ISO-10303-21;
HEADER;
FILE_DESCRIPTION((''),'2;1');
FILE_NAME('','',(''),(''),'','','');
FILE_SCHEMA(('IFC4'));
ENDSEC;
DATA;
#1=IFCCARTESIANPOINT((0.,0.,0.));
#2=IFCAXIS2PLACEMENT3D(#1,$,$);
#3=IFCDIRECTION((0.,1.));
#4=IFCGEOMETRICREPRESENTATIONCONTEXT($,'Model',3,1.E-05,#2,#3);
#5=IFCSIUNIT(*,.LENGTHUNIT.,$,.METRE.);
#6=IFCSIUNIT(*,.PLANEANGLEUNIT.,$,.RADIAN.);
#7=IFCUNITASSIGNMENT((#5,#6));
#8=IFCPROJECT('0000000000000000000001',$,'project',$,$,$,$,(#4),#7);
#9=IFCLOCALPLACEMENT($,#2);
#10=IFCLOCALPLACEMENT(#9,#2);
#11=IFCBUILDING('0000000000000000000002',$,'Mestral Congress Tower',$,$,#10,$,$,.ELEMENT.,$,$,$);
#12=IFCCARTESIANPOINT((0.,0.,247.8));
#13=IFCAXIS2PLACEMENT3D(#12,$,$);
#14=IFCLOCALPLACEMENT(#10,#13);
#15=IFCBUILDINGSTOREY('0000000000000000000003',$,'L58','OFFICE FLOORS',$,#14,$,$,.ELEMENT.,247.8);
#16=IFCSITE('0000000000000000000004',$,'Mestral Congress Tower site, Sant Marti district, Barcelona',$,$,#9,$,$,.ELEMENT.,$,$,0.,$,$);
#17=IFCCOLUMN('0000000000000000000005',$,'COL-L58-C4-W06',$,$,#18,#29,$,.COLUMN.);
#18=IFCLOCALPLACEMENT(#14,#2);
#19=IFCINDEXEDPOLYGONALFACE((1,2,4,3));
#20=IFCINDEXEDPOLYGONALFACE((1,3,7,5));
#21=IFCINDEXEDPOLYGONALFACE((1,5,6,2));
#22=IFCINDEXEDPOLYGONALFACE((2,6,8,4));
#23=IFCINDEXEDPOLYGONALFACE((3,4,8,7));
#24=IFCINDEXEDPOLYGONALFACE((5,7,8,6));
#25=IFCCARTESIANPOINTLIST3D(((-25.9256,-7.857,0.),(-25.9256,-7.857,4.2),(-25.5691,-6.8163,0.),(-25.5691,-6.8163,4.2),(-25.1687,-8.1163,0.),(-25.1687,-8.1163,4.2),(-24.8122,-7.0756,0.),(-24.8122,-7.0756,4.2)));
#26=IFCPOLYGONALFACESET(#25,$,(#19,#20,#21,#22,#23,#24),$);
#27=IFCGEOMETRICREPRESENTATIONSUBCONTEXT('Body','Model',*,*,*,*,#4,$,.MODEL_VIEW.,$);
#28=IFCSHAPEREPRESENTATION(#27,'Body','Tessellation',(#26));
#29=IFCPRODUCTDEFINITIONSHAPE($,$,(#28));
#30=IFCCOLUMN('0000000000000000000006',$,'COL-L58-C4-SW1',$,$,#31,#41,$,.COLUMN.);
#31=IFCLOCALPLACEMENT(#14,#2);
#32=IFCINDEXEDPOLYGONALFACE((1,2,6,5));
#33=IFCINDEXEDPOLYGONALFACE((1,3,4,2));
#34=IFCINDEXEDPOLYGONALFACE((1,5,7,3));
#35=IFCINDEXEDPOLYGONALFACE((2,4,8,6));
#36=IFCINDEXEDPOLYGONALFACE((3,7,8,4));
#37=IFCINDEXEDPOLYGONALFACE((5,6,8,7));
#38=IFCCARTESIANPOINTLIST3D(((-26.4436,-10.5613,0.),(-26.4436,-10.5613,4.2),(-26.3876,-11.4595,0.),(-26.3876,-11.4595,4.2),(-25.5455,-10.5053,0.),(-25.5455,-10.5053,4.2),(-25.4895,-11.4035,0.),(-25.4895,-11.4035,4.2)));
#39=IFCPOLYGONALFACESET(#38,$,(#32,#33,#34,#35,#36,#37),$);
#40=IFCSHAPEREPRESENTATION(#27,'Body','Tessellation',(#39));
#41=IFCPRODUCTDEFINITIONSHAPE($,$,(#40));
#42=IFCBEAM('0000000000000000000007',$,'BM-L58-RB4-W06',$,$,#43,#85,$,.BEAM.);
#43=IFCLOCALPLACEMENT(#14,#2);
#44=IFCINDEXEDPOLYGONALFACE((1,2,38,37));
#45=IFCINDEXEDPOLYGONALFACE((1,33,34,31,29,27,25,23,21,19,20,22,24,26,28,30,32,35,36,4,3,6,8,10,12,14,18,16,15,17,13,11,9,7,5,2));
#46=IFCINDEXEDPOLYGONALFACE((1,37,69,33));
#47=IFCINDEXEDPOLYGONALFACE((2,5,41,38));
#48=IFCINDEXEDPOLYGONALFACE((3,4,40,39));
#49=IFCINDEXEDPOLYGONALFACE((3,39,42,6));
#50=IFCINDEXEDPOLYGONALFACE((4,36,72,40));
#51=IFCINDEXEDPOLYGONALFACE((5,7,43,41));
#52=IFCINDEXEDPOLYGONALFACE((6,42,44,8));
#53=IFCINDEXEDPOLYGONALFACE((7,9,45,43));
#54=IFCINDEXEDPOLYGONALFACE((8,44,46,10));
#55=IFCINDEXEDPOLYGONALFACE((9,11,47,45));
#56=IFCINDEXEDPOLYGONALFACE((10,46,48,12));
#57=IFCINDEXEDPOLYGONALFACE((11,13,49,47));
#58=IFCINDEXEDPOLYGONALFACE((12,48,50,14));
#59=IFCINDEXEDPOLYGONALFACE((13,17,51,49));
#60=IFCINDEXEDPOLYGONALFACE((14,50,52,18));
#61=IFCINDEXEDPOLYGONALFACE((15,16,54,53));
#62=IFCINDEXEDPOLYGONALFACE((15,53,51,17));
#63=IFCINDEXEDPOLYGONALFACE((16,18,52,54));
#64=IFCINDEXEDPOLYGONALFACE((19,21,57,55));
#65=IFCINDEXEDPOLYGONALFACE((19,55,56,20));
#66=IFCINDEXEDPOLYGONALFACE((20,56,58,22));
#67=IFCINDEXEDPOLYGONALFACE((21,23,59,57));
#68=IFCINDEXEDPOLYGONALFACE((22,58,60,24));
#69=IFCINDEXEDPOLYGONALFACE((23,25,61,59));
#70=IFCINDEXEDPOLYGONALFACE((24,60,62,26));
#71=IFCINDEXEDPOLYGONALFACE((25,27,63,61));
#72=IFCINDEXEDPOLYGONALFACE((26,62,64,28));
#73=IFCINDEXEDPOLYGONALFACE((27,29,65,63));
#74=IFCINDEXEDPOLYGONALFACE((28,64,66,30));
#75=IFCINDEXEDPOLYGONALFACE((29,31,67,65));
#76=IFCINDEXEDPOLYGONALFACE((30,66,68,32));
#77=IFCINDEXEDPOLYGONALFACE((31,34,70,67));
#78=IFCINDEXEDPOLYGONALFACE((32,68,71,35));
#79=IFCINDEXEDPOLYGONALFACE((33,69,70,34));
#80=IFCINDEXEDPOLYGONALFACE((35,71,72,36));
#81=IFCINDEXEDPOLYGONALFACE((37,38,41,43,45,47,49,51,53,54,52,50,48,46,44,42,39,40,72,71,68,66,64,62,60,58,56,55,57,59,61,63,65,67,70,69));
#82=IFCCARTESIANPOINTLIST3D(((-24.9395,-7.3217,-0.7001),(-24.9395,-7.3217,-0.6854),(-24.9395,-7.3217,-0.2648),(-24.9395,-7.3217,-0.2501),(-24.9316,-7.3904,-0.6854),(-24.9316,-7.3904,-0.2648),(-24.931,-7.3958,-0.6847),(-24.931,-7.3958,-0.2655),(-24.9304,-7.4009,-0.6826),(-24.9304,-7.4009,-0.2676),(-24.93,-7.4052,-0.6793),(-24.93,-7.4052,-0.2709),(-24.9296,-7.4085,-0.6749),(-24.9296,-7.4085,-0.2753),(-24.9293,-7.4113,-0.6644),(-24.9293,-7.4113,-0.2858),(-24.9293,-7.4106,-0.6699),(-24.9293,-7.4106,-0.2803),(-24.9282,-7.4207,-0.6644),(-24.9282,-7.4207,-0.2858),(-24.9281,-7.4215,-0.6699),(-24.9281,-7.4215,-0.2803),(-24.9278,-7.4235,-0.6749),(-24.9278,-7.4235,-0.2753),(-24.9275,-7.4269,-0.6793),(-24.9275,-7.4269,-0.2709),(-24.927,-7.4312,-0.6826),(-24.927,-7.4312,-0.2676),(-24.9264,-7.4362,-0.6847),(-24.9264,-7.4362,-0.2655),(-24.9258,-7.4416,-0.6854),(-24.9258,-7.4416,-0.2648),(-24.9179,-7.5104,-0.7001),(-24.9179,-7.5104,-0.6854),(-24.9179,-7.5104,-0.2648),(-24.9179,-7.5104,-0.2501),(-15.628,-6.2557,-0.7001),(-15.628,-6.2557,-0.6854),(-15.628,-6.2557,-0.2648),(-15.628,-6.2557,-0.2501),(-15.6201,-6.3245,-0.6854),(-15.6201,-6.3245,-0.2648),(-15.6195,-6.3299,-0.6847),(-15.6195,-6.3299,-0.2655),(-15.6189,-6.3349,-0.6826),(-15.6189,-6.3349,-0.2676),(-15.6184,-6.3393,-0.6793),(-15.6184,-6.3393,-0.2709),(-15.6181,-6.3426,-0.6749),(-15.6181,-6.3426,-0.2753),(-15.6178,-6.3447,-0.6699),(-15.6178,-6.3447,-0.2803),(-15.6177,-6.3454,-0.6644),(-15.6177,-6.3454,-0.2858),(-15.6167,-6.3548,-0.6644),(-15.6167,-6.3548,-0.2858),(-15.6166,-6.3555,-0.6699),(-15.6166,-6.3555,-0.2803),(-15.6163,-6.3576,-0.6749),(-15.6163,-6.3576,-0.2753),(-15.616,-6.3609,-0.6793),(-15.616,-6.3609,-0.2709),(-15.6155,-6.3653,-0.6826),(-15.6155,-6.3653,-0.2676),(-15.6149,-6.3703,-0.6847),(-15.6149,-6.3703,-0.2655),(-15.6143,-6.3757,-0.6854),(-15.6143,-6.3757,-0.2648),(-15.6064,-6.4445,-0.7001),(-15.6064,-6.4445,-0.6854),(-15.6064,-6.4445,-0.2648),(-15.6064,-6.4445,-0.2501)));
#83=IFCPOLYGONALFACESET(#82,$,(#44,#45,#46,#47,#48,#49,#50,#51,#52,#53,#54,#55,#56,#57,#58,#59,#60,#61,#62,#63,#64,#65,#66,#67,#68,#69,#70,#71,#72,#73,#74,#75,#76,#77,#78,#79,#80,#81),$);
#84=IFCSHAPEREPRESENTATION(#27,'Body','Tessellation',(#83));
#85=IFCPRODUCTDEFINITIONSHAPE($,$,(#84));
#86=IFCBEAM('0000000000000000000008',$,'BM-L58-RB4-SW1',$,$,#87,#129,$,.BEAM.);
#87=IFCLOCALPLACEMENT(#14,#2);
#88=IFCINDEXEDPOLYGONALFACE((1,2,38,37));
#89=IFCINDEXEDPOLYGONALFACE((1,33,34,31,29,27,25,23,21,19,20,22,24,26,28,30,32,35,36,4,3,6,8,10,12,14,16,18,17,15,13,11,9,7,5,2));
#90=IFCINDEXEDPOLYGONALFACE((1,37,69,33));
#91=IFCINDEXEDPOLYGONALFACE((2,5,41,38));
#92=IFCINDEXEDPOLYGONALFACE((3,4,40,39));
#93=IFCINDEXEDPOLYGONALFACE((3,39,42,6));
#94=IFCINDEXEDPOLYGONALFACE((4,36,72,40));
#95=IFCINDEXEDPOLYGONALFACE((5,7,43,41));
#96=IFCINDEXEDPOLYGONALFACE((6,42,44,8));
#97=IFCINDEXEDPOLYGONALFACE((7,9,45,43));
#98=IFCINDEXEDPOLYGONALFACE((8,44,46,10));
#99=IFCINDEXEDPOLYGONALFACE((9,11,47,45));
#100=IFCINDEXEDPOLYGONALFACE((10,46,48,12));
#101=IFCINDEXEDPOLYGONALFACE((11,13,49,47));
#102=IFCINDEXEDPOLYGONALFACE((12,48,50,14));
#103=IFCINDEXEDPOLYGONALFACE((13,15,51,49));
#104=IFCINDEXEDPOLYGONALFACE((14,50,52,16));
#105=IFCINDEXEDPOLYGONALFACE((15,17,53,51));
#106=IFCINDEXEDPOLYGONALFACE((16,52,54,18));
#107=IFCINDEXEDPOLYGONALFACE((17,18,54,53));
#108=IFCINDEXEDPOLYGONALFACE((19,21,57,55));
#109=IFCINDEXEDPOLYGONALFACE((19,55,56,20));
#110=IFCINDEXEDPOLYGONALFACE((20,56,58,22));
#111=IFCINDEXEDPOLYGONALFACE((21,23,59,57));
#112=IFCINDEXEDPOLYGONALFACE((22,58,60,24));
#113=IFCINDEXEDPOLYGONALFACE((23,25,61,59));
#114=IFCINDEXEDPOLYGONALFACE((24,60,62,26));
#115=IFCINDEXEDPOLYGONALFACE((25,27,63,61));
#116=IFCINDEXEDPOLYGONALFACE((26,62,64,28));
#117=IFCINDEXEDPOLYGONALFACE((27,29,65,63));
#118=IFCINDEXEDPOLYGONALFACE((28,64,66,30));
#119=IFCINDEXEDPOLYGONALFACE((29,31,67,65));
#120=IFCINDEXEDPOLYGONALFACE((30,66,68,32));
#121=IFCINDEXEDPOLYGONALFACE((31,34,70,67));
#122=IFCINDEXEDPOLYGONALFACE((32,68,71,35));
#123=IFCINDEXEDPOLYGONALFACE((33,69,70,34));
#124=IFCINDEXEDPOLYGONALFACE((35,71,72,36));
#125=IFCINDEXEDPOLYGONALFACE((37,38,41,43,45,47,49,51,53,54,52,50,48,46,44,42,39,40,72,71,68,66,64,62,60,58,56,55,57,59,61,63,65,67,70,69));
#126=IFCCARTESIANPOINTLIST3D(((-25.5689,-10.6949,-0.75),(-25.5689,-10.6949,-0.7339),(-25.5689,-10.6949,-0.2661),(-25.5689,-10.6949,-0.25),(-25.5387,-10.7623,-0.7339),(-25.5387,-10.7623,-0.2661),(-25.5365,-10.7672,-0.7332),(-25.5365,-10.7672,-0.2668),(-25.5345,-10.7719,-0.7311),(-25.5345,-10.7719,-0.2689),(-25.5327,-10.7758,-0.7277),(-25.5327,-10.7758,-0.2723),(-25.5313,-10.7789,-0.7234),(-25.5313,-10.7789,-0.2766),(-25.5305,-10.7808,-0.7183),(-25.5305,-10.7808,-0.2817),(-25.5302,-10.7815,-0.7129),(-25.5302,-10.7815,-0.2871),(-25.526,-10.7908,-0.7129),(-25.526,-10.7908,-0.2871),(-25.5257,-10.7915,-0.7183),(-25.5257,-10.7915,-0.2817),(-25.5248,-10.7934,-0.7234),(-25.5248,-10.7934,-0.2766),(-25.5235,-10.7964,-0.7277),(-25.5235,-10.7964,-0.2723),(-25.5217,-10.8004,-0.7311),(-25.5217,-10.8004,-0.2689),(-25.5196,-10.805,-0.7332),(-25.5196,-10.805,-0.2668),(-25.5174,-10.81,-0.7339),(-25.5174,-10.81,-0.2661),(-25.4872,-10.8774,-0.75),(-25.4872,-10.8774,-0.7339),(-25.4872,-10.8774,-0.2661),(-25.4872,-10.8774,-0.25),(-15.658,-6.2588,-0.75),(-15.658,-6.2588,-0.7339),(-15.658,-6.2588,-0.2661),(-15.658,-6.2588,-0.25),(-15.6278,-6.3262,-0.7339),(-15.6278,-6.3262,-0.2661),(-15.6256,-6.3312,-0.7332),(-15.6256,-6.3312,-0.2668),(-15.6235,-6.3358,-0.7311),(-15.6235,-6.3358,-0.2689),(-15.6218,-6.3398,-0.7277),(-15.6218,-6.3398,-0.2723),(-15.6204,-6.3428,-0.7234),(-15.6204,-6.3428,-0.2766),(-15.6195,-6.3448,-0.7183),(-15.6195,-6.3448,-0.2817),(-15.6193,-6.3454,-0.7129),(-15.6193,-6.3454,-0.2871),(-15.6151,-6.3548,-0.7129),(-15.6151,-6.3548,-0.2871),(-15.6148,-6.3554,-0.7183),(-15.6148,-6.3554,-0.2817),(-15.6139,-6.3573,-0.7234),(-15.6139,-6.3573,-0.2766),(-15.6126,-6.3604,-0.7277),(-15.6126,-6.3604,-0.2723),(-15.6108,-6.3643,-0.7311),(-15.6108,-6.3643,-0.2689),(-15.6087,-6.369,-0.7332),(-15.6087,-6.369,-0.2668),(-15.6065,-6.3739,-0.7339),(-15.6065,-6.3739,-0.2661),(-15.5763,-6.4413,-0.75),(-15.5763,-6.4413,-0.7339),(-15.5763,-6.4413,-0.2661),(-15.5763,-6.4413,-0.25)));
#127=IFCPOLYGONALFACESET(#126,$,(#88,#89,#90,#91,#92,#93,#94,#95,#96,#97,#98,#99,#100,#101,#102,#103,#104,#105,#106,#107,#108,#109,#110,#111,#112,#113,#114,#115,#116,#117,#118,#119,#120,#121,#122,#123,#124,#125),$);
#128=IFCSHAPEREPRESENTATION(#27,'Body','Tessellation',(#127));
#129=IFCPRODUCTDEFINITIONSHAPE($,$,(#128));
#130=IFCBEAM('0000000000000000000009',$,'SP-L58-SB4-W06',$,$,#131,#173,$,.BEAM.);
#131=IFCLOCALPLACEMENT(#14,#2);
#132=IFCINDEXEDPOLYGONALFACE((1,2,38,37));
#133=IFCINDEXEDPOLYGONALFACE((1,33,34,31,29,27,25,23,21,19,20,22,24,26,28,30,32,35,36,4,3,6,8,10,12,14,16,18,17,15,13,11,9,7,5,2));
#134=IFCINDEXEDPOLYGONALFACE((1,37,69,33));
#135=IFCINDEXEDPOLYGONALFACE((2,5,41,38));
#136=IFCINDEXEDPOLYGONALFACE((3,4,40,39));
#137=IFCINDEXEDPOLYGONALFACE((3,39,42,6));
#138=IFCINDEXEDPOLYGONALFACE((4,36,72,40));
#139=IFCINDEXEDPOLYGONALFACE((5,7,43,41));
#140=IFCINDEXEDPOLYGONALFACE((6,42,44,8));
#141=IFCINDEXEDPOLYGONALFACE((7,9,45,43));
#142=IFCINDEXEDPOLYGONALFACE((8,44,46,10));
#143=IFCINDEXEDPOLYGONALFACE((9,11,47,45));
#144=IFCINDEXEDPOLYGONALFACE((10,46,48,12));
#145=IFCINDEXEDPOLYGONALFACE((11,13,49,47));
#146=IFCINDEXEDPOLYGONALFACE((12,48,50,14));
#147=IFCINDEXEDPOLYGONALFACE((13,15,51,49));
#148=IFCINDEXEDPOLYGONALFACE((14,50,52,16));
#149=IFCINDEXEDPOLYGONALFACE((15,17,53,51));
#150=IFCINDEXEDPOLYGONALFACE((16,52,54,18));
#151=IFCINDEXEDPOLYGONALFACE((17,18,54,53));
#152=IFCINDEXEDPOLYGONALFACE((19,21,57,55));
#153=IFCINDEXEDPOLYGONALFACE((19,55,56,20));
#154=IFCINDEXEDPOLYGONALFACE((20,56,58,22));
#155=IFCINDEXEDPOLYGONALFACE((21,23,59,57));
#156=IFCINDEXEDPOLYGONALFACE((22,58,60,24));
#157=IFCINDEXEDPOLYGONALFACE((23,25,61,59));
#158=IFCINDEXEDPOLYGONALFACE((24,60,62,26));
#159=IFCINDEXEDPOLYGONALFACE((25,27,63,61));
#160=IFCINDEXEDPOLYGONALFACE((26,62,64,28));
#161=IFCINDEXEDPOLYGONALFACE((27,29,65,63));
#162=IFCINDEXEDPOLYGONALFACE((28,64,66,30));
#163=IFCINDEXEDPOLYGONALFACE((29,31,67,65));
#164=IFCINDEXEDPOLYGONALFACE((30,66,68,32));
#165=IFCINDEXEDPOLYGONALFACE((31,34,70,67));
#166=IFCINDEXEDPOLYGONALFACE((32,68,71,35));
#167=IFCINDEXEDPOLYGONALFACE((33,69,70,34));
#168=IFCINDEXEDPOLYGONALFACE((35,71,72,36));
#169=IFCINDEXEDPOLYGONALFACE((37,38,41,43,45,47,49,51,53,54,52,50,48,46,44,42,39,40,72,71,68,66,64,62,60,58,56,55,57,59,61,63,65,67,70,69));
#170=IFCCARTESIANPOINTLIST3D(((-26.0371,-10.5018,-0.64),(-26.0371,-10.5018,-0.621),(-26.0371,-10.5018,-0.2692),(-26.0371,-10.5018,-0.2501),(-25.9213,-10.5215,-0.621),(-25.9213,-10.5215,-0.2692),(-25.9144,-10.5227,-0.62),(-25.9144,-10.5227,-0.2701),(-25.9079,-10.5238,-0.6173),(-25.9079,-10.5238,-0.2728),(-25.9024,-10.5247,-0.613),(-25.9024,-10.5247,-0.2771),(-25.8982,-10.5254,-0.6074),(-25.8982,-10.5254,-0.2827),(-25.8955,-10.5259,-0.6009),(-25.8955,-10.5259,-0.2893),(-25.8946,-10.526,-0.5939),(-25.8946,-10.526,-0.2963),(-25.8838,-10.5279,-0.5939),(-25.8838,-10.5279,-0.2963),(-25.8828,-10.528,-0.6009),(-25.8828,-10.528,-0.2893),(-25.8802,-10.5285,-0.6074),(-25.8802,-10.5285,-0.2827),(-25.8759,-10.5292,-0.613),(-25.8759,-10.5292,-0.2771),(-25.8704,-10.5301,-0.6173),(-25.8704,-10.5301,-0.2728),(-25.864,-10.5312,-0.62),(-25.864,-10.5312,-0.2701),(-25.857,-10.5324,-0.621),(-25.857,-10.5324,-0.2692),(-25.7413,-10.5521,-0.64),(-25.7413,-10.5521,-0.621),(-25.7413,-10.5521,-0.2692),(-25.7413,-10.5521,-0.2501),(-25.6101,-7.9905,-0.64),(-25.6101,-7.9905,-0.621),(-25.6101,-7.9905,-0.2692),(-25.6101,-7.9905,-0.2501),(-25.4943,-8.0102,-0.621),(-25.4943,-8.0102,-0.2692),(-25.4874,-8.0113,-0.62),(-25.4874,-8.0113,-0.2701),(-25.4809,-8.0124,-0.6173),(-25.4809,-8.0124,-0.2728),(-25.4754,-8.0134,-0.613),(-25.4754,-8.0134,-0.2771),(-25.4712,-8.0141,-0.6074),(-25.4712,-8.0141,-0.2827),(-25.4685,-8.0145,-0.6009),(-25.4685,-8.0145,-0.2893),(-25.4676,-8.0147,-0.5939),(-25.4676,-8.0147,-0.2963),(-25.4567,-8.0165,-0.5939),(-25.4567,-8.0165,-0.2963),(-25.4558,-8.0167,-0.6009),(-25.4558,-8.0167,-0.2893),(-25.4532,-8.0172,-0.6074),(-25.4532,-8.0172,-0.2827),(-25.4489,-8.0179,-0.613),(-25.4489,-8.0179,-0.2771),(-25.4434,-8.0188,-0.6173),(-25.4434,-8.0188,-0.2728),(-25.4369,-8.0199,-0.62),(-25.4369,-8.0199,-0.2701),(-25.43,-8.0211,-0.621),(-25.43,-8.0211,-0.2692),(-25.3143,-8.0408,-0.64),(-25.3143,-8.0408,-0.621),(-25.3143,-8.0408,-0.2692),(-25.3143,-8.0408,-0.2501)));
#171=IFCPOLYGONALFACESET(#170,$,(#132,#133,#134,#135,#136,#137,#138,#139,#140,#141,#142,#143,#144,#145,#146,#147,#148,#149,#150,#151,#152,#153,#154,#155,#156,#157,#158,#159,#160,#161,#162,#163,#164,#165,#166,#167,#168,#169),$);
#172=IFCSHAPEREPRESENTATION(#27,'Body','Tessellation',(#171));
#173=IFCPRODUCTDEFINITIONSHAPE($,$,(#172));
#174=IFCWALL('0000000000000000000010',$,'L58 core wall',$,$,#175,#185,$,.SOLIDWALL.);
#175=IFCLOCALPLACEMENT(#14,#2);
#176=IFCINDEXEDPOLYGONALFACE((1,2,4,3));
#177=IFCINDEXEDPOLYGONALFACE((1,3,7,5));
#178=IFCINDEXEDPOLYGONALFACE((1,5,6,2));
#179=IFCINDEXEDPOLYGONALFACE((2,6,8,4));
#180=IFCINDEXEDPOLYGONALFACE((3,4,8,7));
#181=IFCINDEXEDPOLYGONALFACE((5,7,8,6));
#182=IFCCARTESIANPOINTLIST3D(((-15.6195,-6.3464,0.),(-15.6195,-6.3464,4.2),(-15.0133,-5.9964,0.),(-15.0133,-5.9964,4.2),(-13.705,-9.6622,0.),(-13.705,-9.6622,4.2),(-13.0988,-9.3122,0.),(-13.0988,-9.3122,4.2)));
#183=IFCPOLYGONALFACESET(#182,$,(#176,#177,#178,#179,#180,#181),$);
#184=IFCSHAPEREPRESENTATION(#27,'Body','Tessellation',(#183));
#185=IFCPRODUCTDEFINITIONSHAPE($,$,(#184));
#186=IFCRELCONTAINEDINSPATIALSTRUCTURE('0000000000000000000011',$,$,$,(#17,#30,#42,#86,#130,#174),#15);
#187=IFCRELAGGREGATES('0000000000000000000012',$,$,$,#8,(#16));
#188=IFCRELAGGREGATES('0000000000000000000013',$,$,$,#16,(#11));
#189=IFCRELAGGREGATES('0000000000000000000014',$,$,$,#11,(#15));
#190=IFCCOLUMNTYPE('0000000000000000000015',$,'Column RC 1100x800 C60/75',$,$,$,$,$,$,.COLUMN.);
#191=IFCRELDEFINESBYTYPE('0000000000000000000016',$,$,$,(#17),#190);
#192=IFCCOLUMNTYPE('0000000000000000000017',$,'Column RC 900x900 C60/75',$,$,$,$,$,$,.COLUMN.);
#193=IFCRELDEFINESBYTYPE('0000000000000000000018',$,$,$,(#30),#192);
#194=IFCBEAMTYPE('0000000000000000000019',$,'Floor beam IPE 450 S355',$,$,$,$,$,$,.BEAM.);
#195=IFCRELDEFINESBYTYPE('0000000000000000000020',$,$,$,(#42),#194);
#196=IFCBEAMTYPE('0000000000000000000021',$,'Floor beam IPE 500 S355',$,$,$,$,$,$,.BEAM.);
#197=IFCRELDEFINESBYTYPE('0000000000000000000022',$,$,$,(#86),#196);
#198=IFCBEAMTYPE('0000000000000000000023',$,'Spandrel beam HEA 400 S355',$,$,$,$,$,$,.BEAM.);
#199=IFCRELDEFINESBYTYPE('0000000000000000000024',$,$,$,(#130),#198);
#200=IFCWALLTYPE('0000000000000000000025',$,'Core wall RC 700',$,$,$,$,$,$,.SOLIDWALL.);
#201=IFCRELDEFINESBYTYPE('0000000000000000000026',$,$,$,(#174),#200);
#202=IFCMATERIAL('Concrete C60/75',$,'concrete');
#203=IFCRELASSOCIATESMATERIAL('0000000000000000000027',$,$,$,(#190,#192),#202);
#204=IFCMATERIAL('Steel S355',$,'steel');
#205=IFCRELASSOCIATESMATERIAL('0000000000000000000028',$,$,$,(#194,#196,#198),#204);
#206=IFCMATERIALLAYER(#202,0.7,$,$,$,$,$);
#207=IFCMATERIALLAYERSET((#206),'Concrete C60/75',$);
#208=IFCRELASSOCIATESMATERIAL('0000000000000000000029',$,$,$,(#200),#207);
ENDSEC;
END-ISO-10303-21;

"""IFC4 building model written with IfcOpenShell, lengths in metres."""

from ifc_helpers import new_model, si_unit, direction, frame, frame_2d, origin, origin_2d, place, context, subcontext, project, spatial, rectangle, i_section, extrude, material, layer, layer_set, material_profile, profile_set, type_object, element, save


model = new_model("IFC4")

# Units and contexts
model_context = context("Model", 3, precision=1e-05, world=origin(), true_north=direction((0.0, 1.0)))
body_context = subcontext(model_context, "Body", "Model", "MODEL_VIEW")
ifc_project = project(units=[si_unit("LENGTHUNIT", "METRE"), si_unit("PLANEANGLEUNIT", "RADIAN")], contexts=[model_context])

# Site, building, storey
site_placement = place(None, origin())
site = spatial("IfcSite", under=ifc_project, at=site_placement, Name="Mestral Congress Tower site, Sant Marti district, Barcelona", CompositionType="ELEMENT", RefElevation=0.0)
building_placement = place(site_placement, origin())
building = spatial("IfcBuilding", under=site, at=building_placement, Name="Mestral Congress Tower", CompositionType="ELEMENT")
storey_placement = place(building_placement, frame((0.0, 0.0, 247.8)))
storey = spatial("IfcBuildingStorey", under=building, at=storey_placement, Name="L58", Description="OFFICE FLOORS", CompositionType="ELEMENT", Elevation=247.8)

# Columns
ifc_material_1 = material(Name="Concrete C60/75", Category="concrete")
ifc_material_profile_1 = material_profile(ifc_material_1, rectangle(XDim=1.1001, YDim=0.8, at=origin_2d()), Name="RC 1100x800")
ifc_profile_set_1 = profile_set([ifc_material_profile_1], Name="Concrete C60/75")
column_type_1 = type_object("IfcColumnType", Name="Column RC 1100x800 C60/75", PredefinedType="COLUMN", material=ifc_profile_set_1)
column_1_placement = place(storey_placement, frame((-25.3689, -7.4663, 0.0), z_axis=(0.0, 0.0, 1.0), x_axis=(-0.324074, -0.946032, 0.0)))
element("IfcColumn", 1, at=column_1_placement, inside=storey, type_object=column_type_1, Name="COL-L58-C4-W06", PredefinedType="COLUMN", context=body_context, shape_type="SweptSolid", body=[
    extrude(rectangle(XDim=1.1001, YDim=0.8, at=origin_2d()), origin(), (0.0, 0.0, 1.0), 4.2),
])
ifc_material_profile_2 = material_profile(ifc_material_1, rectangle(XDim=0.8999, YDim=0.8999, at=origin_2d()), Name="RC 900x900")
ifc_profile_set_2 = profile_set([ifc_material_profile_2], Name="Concrete C60/75")
column_type_2 = type_object("IfcColumnType", Name="Column RC 900x900 C60/75", PredefinedType="COLUMN", material=ifc_profile_set_2)
column_2_placement = place(storey_placement, frame((-25.9666, -10.9824, 0.0), z_axis=(0.0, 0.0, 1.0), x_axis=(0.062217, -0.998063, 0.0)))
element("IfcColumn", 2, at=column_2_placement, inside=storey, type_object=column_type_2, Name="COL-L58-C4-SW1", PredefinedType="COLUMN", context=body_context, shape_type="SweptSolid", body=[
    extrude(rectangle(XDim=0.8999, YDim=0.8999, at=origin_2d()), origin(), (0.0, 0.0, 1.0), 4.2),
])

# Beams
ifc_material_2 = material(Name="Steel S355", Category="steel")
ifc_material_profile_3 = material_profile(ifc_material_2, i_section(OverallWidth=0.1899, OverallDepth=0.45, WebThickness=0.0095, FlangeThickness=0.0146, FilletRadius=0.021, at=origin_2d()), Name="IPE 450")
ifc_profile_set_3 = profile_set([ifc_material_profile_3], Name="Steel S355")
beam_type_1 = type_object("IfcBeamType", Name="Floor beam IPE 450 S355", PredefinedType="BEAM", material=ifc_profile_set_3)
beam_1_placement = place(storey_placement, frame((-24.9287, -7.416, -0.4751), z_axis=(0.993512, 0.11373, 0.0), x_axis=(-0.11373, 0.993512, 0.0)))
element("IfcBeam", 3, at=beam_1_placement, inside=storey, type_object=beam_type_1, Name="BM-L58-RB4-W06", PredefinedType="BEAM", context=body_context, shape_type="SweptSolid", body=[
    extrude(i_section(OverallWidth=0.1899, OverallDepth=0.45, WebThickness=0.0095, FlangeThickness=0.0146, FilletRadius=0.021, at=origin_2d()), origin(), (0.0, 0.0, 1.0), 9.3723),
])
ifc_material_profile_4 = material_profile(ifc_material_2, i_section(OverallWidth=0.2, OverallDepth=0.5, WebThickness=0.0103, FlangeThickness=0.0161, FilletRadius=0.021, at=origin_2d()), Name="IPE 500")
ifc_profile_set_4 = profile_set([ifc_material_profile_4], Name="Steel S355")
beam_type_2 = type_object("IfcBeamType", Name="Floor beam IPE 500 S355", PredefinedType="BEAM", material=ifc_profile_set_4)
beam_2_placement = place(storey_placement, frame((-25.5281, -10.7861, -0.5), z_axis=(0.912742, 0.408536, 0.0), x_axis=(-0.408536, 0.912742, 0.0)))
element("IfcBeam", 4, at=beam_2_placement, inside=storey, type_object=beam_type_2, Name="BM-L58-RB4-SW1", PredefinedType="BEAM", context=body_context, shape_type="SweptSolid", body=[
    extrude(i_section(OverallWidth=0.2, OverallDepth=0.5, WebThickness=0.0103, FlangeThickness=0.0161, FilletRadius=0.021, at=origin_2d()), origin(), (0.0, 0.0, 1.0), 10.8584),
])
ifc_material_profile_5 = material_profile(ifc_material_2, i_section(OverallWidth=0.3, OverallDepth=0.3899, WebThickness=0.011, FlangeThickness=0.019, FilletRadius=0.0271, at=origin_2d()), Name="HEA 400")
ifc_profile_set_5 = profile_set([ifc_material_profile_5], Name="Steel S355")
beam_type_3 = type_object("IfcBeamType", Name="Spandrel beam HEA 400 S355", PredefinedType="BEAM", material=ifc_profile_set_5)
beam_3_placement = place(storey_placement, frame((-25.4622, -8.0156, -0.4451), z_axis=(-0.167631, -0.98585, 0.0), x_axis=(0.98585, -0.167631, 0.0)))
element("IfcBeam", 5, at=beam_3_placement, inside=storey, type_object=beam_type_3, Name="SP-L58-SB4-W06", PredefinedType="BEAM", context=body_context, shape_type="SweptSolid", body=[
    extrude(i_section(OverallWidth=0.3, OverallDepth=0.3899, WebThickness=0.011, FlangeThickness=0.019, FilletRadius=0.0271, at=origin_2d()), origin(), (0.0, 0.0, 1.0), 2.5474),
])

# Wall
ifc_layer_1 = layer(ifc_material_1, 0.7)
ifc_layer_set_1 = layer_set([ifc_layer_1], Name="Concrete C60/75")
wall_type_1 = type_object("IfcWallType", Name="Core wall RC 700", PredefinedType="SOLIDWALL", material=ifc_layer_set_1)
wall_1_placement = place(storey_placement, frame((-13.4019, -9.4873, 0.0), z_axis=(0.0, 0.0, 1.0), x_axis=(-0.50002, 0.866014, 0.0)))
element("IfcWall", 6, at=wall_1_placement, inside=storey, type_object=wall_type_1, Name="L58 core wall", PredefinedType="SOLIDWALL", context=body_context, shape_type="SweptSolid", body=[
    extrude(rectangle(XDim=3.8289, YDim=0.7, at=frame_2d((1.9146, 0.0))), origin(), (0.0, 0.0, 1.0), 4.2),
])

save(model, "model.ifc")
